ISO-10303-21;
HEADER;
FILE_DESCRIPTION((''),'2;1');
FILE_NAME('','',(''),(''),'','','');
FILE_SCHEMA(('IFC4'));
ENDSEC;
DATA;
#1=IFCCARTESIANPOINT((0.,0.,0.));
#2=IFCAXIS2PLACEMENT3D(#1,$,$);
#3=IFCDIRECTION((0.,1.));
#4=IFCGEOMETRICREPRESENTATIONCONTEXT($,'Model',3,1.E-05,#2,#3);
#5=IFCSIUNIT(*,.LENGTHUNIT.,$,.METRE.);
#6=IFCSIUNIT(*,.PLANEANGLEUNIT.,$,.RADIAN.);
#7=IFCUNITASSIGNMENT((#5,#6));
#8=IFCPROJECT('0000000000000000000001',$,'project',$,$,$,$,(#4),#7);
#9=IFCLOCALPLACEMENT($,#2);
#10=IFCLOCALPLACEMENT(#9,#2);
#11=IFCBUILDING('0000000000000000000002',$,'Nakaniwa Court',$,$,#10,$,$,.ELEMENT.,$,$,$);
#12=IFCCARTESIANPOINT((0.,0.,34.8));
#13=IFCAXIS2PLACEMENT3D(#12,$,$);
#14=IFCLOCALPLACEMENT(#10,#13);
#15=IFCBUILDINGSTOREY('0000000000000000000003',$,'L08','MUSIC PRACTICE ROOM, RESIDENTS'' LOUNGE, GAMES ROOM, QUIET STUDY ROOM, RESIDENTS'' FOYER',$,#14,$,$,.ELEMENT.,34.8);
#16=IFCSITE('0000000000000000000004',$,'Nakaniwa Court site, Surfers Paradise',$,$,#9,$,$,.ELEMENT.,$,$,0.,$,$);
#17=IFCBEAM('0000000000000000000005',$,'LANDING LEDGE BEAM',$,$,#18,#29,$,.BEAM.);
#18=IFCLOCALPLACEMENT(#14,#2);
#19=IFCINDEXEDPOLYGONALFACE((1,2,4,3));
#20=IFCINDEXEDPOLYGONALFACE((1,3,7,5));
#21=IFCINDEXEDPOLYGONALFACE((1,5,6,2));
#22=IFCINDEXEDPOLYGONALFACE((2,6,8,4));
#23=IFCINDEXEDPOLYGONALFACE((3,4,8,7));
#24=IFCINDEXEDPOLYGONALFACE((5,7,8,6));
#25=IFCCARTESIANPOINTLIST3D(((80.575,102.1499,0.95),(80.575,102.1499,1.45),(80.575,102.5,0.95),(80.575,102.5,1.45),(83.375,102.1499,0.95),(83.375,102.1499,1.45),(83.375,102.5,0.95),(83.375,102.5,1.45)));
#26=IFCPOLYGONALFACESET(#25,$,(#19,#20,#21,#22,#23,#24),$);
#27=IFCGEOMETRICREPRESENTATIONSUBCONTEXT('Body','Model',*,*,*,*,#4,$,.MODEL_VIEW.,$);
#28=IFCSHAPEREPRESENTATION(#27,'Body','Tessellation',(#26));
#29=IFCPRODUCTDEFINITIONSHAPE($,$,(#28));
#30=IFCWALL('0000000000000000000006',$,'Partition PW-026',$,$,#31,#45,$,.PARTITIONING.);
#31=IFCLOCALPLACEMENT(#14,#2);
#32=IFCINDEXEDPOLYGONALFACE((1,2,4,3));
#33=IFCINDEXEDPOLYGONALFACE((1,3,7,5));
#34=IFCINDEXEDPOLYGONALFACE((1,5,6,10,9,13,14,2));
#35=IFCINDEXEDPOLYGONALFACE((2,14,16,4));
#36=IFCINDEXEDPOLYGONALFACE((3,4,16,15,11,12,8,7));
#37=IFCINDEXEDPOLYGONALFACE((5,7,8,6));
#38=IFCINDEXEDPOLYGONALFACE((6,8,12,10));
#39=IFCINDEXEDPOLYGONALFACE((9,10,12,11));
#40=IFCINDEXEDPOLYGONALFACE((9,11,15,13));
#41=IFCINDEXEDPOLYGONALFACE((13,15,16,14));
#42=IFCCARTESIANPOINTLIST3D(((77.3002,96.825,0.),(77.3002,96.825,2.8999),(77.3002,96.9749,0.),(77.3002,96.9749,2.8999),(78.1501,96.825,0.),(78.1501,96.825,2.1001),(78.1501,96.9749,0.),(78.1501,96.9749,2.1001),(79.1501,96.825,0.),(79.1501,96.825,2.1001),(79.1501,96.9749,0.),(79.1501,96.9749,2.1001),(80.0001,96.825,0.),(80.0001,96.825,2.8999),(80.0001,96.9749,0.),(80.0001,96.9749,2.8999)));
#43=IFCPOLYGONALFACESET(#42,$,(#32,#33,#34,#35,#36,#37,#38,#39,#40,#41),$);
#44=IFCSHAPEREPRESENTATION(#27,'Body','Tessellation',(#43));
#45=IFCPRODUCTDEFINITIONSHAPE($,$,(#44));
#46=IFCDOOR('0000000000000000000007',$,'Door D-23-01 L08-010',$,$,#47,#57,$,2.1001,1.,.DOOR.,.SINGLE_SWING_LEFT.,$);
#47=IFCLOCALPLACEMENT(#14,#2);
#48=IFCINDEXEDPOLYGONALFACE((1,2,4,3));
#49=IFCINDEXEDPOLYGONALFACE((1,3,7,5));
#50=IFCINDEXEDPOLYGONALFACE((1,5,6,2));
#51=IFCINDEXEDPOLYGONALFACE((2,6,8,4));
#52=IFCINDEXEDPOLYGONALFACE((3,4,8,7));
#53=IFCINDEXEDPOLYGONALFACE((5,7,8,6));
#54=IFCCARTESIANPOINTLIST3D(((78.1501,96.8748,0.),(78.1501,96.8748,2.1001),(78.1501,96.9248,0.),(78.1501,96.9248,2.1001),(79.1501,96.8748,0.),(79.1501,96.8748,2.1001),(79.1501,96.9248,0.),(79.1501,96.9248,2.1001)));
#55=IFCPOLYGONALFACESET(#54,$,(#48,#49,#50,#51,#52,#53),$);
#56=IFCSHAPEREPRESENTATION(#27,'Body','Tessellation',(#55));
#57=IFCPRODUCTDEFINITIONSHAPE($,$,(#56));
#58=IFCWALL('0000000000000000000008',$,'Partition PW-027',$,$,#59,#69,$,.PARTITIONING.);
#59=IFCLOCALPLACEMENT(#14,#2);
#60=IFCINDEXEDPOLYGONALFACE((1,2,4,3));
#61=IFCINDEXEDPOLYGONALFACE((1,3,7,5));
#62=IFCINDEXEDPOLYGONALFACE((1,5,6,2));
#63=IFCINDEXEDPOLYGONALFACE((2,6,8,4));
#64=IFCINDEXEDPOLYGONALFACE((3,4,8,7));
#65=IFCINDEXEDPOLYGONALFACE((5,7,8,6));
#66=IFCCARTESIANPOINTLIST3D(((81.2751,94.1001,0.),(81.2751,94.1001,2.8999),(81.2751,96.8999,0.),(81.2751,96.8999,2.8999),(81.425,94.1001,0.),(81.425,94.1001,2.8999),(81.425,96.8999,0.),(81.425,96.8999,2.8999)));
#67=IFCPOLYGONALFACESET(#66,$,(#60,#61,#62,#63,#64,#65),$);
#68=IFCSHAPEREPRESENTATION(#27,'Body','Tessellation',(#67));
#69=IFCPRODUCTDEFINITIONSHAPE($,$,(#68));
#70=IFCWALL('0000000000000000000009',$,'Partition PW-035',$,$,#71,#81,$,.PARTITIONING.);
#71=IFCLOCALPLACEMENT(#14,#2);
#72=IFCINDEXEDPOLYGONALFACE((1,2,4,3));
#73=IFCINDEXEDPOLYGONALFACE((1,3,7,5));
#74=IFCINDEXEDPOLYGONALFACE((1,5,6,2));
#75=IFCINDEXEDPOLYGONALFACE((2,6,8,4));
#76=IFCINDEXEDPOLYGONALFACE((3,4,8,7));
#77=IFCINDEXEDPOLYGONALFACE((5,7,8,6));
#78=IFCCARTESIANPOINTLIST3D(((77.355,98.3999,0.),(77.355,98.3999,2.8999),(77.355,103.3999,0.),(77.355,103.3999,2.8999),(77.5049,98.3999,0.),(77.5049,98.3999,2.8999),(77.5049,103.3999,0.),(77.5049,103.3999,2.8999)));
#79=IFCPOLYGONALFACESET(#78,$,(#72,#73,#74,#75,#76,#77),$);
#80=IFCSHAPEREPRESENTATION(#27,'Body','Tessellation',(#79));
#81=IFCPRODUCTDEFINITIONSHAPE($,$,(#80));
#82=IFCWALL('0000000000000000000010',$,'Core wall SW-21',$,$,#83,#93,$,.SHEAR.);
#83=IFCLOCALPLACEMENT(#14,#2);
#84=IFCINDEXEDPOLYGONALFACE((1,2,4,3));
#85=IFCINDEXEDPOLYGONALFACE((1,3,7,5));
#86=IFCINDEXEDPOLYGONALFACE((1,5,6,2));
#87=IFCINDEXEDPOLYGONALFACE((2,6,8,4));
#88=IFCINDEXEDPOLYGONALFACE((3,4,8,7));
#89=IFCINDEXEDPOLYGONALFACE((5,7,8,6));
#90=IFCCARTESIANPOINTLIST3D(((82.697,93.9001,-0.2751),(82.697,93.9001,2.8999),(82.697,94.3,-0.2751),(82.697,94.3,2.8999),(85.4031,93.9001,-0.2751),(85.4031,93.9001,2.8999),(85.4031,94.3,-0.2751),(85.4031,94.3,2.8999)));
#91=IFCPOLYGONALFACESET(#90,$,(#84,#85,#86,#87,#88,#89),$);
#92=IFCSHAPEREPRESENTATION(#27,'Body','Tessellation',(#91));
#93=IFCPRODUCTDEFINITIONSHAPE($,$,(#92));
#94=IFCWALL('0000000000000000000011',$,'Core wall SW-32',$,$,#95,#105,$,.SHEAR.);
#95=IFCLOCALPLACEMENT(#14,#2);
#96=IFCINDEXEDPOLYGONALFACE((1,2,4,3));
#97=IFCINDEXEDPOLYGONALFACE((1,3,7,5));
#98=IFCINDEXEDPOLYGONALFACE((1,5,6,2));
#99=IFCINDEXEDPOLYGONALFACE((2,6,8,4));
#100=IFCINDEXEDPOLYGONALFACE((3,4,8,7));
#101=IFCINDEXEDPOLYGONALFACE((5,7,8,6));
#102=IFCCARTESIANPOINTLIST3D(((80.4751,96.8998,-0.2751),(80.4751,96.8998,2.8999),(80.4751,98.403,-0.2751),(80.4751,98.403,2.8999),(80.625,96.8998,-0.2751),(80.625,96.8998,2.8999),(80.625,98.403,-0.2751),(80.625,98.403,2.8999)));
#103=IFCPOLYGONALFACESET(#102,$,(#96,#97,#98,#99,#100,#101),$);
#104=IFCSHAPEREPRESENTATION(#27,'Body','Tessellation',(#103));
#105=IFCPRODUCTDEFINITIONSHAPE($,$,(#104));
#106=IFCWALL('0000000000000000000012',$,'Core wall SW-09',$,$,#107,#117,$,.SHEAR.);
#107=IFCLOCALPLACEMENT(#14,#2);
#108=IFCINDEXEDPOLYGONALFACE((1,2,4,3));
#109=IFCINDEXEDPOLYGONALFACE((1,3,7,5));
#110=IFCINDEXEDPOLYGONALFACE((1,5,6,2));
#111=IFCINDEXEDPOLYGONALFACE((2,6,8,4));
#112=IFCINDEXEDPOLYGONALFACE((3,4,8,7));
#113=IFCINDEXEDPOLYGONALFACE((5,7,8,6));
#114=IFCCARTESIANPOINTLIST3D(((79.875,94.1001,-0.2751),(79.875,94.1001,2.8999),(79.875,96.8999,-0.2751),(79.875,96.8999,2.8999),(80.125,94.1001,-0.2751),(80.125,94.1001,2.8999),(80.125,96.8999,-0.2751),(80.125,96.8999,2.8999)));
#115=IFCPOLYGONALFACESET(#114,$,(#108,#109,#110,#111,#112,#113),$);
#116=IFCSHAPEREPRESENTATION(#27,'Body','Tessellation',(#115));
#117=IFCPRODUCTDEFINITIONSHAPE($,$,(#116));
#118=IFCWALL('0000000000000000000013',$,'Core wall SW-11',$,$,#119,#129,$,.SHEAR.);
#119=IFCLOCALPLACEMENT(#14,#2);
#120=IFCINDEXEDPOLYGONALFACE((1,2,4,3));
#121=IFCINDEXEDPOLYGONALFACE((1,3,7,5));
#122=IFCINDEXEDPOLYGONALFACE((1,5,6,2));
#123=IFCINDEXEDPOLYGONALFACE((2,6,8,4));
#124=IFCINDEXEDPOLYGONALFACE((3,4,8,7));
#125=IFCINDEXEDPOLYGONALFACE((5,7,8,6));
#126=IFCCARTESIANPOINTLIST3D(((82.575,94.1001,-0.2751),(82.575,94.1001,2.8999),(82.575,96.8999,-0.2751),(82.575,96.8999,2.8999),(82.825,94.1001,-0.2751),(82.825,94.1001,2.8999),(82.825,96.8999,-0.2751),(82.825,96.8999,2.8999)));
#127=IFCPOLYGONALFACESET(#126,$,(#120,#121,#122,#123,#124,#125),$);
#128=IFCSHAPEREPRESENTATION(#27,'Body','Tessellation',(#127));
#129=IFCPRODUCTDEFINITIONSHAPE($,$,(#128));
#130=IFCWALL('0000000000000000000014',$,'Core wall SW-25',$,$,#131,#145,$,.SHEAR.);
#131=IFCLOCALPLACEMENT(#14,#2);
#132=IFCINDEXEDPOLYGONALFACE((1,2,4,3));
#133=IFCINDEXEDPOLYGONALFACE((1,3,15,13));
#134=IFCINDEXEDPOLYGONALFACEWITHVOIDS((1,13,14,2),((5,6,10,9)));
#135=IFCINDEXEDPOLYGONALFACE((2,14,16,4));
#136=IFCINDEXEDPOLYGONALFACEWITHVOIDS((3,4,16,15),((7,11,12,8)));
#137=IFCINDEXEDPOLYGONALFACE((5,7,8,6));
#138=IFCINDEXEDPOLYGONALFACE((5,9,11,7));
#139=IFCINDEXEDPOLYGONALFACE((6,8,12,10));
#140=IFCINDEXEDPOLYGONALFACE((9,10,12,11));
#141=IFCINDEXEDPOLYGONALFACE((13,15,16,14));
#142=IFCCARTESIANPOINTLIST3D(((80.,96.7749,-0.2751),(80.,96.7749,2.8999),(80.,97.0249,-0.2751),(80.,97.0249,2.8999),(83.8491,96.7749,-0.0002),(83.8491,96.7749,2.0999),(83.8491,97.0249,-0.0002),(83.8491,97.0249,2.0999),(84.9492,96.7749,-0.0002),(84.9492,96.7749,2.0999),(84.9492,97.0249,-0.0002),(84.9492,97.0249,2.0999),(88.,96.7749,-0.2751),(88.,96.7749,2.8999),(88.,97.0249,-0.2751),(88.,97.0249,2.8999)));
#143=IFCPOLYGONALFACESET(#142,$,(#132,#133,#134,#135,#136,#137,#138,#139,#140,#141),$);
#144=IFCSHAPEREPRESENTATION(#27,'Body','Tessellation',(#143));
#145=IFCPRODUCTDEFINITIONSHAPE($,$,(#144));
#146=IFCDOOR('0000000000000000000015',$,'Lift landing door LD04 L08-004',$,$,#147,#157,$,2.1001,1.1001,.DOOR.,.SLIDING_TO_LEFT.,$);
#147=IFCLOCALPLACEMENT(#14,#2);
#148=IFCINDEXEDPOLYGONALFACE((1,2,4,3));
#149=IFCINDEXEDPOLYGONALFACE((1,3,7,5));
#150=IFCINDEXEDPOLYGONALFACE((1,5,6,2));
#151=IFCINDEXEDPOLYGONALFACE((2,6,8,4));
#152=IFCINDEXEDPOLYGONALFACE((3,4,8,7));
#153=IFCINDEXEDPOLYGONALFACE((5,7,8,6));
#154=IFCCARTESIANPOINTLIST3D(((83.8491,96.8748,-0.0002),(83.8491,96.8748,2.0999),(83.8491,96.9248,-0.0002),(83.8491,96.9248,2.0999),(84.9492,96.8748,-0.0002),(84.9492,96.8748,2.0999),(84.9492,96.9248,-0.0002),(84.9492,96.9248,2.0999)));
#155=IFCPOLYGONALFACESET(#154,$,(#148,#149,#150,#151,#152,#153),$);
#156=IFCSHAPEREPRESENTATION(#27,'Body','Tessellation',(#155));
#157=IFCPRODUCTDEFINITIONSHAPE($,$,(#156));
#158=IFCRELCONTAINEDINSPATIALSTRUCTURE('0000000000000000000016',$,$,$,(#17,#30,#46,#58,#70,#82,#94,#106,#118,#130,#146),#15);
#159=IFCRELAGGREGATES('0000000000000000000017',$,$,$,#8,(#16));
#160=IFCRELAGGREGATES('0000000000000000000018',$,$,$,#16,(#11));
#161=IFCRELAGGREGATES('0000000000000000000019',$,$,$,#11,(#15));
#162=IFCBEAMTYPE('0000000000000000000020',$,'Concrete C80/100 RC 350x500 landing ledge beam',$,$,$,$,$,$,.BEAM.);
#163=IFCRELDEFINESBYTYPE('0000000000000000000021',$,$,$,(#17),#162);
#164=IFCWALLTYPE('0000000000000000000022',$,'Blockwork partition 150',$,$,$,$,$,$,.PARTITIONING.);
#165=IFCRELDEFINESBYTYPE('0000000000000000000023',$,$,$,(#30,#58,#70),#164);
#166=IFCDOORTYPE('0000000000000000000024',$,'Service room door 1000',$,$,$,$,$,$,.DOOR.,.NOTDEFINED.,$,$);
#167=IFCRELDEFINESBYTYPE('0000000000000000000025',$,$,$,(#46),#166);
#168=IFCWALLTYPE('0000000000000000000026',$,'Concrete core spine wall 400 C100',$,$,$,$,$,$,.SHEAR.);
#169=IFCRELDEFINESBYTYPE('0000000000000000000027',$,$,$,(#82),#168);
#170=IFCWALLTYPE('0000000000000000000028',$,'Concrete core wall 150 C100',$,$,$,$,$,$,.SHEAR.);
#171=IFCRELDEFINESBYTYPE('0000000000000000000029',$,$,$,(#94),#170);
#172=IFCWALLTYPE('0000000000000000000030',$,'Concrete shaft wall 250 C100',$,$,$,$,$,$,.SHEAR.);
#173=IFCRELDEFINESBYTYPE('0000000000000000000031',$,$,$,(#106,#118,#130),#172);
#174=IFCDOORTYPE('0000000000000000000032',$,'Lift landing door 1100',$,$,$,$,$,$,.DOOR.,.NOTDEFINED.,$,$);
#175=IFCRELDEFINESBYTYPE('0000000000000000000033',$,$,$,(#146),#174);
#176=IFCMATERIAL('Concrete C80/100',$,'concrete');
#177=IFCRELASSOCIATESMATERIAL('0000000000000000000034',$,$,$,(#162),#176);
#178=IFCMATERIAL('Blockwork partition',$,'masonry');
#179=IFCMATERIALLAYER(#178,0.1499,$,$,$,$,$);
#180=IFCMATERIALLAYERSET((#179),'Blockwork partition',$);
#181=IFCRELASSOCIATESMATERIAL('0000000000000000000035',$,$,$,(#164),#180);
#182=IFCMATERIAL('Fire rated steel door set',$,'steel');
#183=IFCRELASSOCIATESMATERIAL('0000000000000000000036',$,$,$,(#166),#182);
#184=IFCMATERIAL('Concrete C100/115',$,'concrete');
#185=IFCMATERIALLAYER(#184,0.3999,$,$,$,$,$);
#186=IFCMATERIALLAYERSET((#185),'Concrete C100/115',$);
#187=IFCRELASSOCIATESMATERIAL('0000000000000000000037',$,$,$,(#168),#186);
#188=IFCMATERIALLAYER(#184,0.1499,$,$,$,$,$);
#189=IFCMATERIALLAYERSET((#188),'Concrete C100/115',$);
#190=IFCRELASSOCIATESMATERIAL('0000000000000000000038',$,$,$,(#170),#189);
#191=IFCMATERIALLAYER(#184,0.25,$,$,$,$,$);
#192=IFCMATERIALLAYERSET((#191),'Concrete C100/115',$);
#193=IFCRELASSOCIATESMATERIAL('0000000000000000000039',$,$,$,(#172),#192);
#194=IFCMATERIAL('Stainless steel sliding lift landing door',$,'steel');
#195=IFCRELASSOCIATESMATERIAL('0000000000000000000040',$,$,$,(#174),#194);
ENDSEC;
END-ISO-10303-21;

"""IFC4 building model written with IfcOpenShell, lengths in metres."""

from ifc_helpers import new_model, si_unit, direction, frame, frame_2d, origin, origin_2d, place, context, subcontext, project, spatial, rectangle, extrude, material, layer, layer_set, material_profile, profile_set, type_object, element, fill, save


model = new_model("IFC4")

# Units and contexts
model_context = context("Model", 3, precision=1e-05, world=origin(), true_north=direction((0.0, 1.0)))
body_context = subcontext(model_context, "Body", "Model", "MODEL_VIEW")
ifc_project = project(units=[si_unit("LENGTHUNIT", "METRE"), si_unit("PLANEANGLEUNIT", "RADIAN")], contexts=[model_context])

# Site, building, storey
site_placement = place(None, origin())
site = spatial("IfcSite", under=ifc_project, at=site_placement, Name="Nakaniwa Court site, Surfers Paradise", CompositionType="ELEMENT", RefElevation=0.0)
building_placement = place(site_placement, origin())
building = spatial("IfcBuilding", under=site, at=building_placement, Name="Nakaniwa Court", CompositionType="ELEMENT")
storey_placement = place(building_placement, frame((0.0, 0.0, 34.8)))
storey = spatial("IfcBuildingStorey", under=building, at=storey_placement, Name="L08", Description="MUSIC PRACTICE ROOM, RESIDENTS' LOUNGE, GAMES ROOM, QUIET STUDY ROOM, RESIDENTS' FOYER", CompositionType="ELEMENT", Elevation=34.8)

# Beam
ifc_material_1 = material(Name="Concrete C80/100", Category="concrete")
ifc_material_profile = material_profile(ifc_material_1, rectangle(XDim=0.3501, YDim=0.5, at=origin_2d()), Name="Concrete C80/100 RC 350x500 landing ledge beam")
ifc_profile_set = profile_set([ifc_material_profile], Name="Concrete C80/100")
beam_type = type_object("IfcBeamType", Name="Concrete C80/100 RC 350x500 landing ledge beam", PredefinedType="BEAM", material=ifc_profile_set)
beam_placement = place(storey_placement, frame((80.575, 102.325, 1.2), z_axis=(1.0, 0.0, 0.0), x_axis=(0.0, 1.0, 0.0)))
element("IfcBeam", 1, at=beam_placement, inside=storey, type_object=beam_type, Name="LANDING LEDGE BEAM", PredefinedType="BEAM", context=body_context, shape_type="SweptSolid", body=[
    extrude(rectangle(XDim=0.3501, YDim=0.5, at=origin_2d()), origin(), (0.0, 0.0, 1.0), 2.8),
])

# Wall, opening, door
ifc_material_2 = material(Name="Blockwork partition", Category="masonry")
ifc_layer_1 = layer(ifc_material_2, 0.1499)
ifc_layer_set_1 = layer_set([ifc_layer_1], Name="Blockwork partition")
wall_type_1 = type_object("IfcWallType", Name="Blockwork partition 150", PredefinedType="PARTITIONING", material=ifc_layer_set_1)
wall_1_placement = place(storey_placement, frame((77.3, 96.8999, 0.0), z_axis=(0.0, 0.0, 1.0), x_axis=(1.0, 0.0, 0.0)))
wall_1 = element("IfcWall", 2, at=wall_1_placement, inside=storey, type_object=wall_type_1, Name="Partition PW-026", PredefinedType="PARTITIONING", context=body_context, shape_type="SweptSolid", body=[
    extrude(rectangle(XDim=2.7, YDim=0.1499, at=frame_2d((1.3501, 0.0))), origin(), (0.0, 0.0, 1.0), 2.8999),
])
opening_1_placement = place(wall_1_placement, frame((0.8501, 0.0, 0.0)))
opening_1 = element("IfcOpeningElement", 3, at=opening_1_placement, cuts=wall_1, PredefinedType="OPENING", context=body_context, shape_type="SweptSolid", body=[
    extrude(rectangle(XDim=1.0, YDim=2.1001, at=frame_2d((0.5, 1.05))), frame((0.0, 0.085, 0.0), z_axis=(0.0, -1.0, 0.0), x_axis=(1.0, 0.0, 0.0)), (0.0, 0.0, 1.0), 0.1699),
])
ifc_material_3 = material(Name="Fire rated steel door set", Category="steel")
door_type_1 = type_object("IfcDoorType", Name="Service room door 1000", OperationType="NOTDEFINED", PredefinedType="DOOR", material=ifc_material_3)
door_1_placement = place(opening_1_placement, origin())
door_1 = element("IfcDoor", 4, at=door_1_placement, inside=storey, type_object=door_type_1, Name="Door D-23-01 L08-010", OperationType="SINGLE_SWING_LEFT", OverallHeight=2.1001, OverallWidth=1.0, PredefinedType="DOOR", context=body_context, shape_type="SweptSolid", body=[
    extrude(rectangle(XDim=1.0, YDim=2.1001, at=frame_2d((0.5, 1.05))), frame((0.0, 0.0249, 0.0), z_axis=(0.0, -1.0, 0.0), x_axis=(1.0, 0.0, 0.0)), (0.0, 0.0, 1.0), 0.05),
])
fill(opening_1, door_1)

# Walls
wall_2_placement = place(storey_placement, frame((81.3501, 94.1001, 0.0), z_axis=(0.0, 0.0, 1.0), x_axis=(0.0, 1.0, 0.0)))
element("IfcWall", 5, at=wall_2_placement, inside=storey, type_object=wall_type_1, Name="Partition PW-027", PredefinedType="PARTITIONING", context=body_context, shape_type="SweptSolid", body=[
    extrude(rectangle(XDim=2.7998, YDim=0.1499, at=frame_2d((1.3999, 0.0))), origin(), (0.0, 0.0, 1.0), 2.8999),
])
wall_3_placement = place(storey_placement, frame((77.4299, 98.3999, 0.0), z_axis=(0.0, 0.0, 1.0), x_axis=(0.0, 1.0, 0.0)))
element("IfcWall", 6, at=wall_3_placement, inside=storey, type_object=wall_type_1, Name="Partition PW-035", PredefinedType="PARTITIONING", context=body_context, shape_type="SweptSolid", body=[
    extrude(rectangle(XDim=5.0, YDim=0.1499, at=frame_2d((2.5, 0.0))), origin(), (0.0, 0.0, 1.0), 2.8999),
])
ifc_material_4 = material(Name="Concrete C100/115", Category="concrete")
ifc_layer_2 = layer(ifc_material_4, 0.3999)
ifc_layer_set_2 = layer_set([ifc_layer_2], Name="Concrete C100/115")
wall_type_2 = type_object("IfcWallType", Name="Concrete core spine wall 400 C100", PredefinedType="SHEAR", material=ifc_layer_set_2)
wall_4_placement = place(storey_placement, frame((82.697, 94.1001, -0.2751), z_axis=(0.0, 0.0, 1.0), x_axis=(1.0, 0.0, 0.0)))
element("IfcWall", 7, at=wall_4_placement, inside=storey, type_object=wall_type_2, Name="Core wall SW-21", PredefinedType="SHEAR", context=body_context, shape_type="SweptSolid", body=[
    extrude(rectangle(XDim=2.7061, YDim=0.3999, at=frame_2d((1.353, 0.0))), origin(), (0.0, 0.0, 1.0), 3.175),
])
ifc_layer_3 = layer(ifc_material_4, 0.1499)
ifc_layer_set_3 = layer_set([ifc_layer_3], Name="Concrete C100/115")
wall_type_3 = type_object("IfcWallType", Name="Concrete core wall 150 C100", PredefinedType="SHEAR", material=ifc_layer_set_3)
wall_5_placement = place(storey_placement, frame((80.55, 96.8999, -0.2751), z_axis=(0.0, 0.0, 1.0), x_axis=(0.0, 1.0, 0.0)))
element("IfcWall", 8, at=wall_5_placement, inside=storey, type_object=wall_type_3, Name="Core wall SW-32", PredefinedType="SHEAR", context=body_context, shape_type="SweptSolid", body=[
    extrude(rectangle(XDim=1.5032, YDim=0.1499, at=frame_2d((0.7515, 0.0))), origin(), (0.0, 0.0, 1.0), 3.175),
])
ifc_layer_4 = layer(ifc_material_4, 0.25)
ifc_layer_set_4 = layer_set([ifc_layer_4], Name="Concrete C100/115")
wall_type_4 = type_object("IfcWallType", Name="Concrete shaft wall 250 C100", PredefinedType="SHEAR", material=ifc_layer_set_4)
for number, where, z_axis, x_axis, name in (
    (9, (80.0, 94.1001, -0.2751), (0.0, 0.0, 1.0), (0.0, 1.0, 0.0), "Core wall SW-09"),
    (10, (82.7, 94.1001, -0.2751), (0.0, 0.0, 1.0), (0.0, 1.0, 0.0), "Core wall SW-11"),
):
    element("IfcWall", number, at=place(storey_placement, frame(where, z_axis=z_axis, x_axis=x_axis)), inside=storey, type_object=wall_type_4, Name=name, PredefinedType="SHEAR", context=body_context, shape_type="SweptSolid", body=[
        extrude(rectangle(XDim=2.7998, YDim=0.25, at=frame_2d((1.3999, 0.0))), origin(), (0.0, 0.0, 1.0), 3.175),
    ])

# Wall, opening, door
wall_6_placement = place(storey_placement, frame((80.0, 96.8999, -0.2751), z_axis=(0.0, 0.0, 1.0), x_axis=(1.0, 0.0, 0.0)))
wall_6 = element("IfcWall", 11, at=wall_6_placement, inside=storey, type_object=wall_type_4, Name="Core wall SW-25", PredefinedType="SHEAR", context=body_context, shape_type="SweptSolid", body=[
    extrude(rectangle(XDim=8.0, YDim=0.25, at=frame_2d((4.0, 0.0))), origin(), (0.0, 0.0, 1.0), 3.175),
])
opening_2_placement = place(wall_6_placement, frame((3.8491, 0.0, 0.2749)))
opening_2 = element("IfcOpeningElement", 12, at=opening_2_placement, cuts=wall_6, PredefinedType="OPENING", context=body_context, shape_type="SweptSolid", body=[
    extrude(rectangle(XDim=1.1001, YDim=2.1001, at=frame_2d((0.55, 1.05))), frame((0.0, 0.135, 0.0), z_axis=(0.0, -1.0, 0.0), x_axis=(1.0, 0.0, 0.0)), (0.0, 0.0, 1.0), 0.27),
])
ifc_material_5 = material(Name="Stainless steel sliding lift landing door", Category="steel")
door_type_2 = type_object("IfcDoorType", Name="Lift landing door 1100", OperationType="NOTDEFINED", PredefinedType="DOOR", material=ifc_material_5)
door_2_placement = place(opening_2_placement, origin())
door_2 = element("IfcDoor", 13, at=door_2_placement, inside=storey, type_object=door_type_2, Name="Lift landing door LD04 L08-004", OperationType="SLIDING_TO_LEFT", OverallHeight=2.1001, OverallWidth=1.1001, PredefinedType="DOOR", context=body_context, shape_type="SweptSolid", body=[
    extrude(rectangle(XDim=1.1001, YDim=2.1001, at=frame_2d((0.55, 1.05))), frame((0.0, 0.0249, 0.0), z_axis=(0.0, -1.0, 0.0), x_axis=(1.0, 0.0, 0.0)), (0.0, 0.0, 1.0), 0.05),
])
fill(opening_2, door_2)

save(model, "model.ifc")
